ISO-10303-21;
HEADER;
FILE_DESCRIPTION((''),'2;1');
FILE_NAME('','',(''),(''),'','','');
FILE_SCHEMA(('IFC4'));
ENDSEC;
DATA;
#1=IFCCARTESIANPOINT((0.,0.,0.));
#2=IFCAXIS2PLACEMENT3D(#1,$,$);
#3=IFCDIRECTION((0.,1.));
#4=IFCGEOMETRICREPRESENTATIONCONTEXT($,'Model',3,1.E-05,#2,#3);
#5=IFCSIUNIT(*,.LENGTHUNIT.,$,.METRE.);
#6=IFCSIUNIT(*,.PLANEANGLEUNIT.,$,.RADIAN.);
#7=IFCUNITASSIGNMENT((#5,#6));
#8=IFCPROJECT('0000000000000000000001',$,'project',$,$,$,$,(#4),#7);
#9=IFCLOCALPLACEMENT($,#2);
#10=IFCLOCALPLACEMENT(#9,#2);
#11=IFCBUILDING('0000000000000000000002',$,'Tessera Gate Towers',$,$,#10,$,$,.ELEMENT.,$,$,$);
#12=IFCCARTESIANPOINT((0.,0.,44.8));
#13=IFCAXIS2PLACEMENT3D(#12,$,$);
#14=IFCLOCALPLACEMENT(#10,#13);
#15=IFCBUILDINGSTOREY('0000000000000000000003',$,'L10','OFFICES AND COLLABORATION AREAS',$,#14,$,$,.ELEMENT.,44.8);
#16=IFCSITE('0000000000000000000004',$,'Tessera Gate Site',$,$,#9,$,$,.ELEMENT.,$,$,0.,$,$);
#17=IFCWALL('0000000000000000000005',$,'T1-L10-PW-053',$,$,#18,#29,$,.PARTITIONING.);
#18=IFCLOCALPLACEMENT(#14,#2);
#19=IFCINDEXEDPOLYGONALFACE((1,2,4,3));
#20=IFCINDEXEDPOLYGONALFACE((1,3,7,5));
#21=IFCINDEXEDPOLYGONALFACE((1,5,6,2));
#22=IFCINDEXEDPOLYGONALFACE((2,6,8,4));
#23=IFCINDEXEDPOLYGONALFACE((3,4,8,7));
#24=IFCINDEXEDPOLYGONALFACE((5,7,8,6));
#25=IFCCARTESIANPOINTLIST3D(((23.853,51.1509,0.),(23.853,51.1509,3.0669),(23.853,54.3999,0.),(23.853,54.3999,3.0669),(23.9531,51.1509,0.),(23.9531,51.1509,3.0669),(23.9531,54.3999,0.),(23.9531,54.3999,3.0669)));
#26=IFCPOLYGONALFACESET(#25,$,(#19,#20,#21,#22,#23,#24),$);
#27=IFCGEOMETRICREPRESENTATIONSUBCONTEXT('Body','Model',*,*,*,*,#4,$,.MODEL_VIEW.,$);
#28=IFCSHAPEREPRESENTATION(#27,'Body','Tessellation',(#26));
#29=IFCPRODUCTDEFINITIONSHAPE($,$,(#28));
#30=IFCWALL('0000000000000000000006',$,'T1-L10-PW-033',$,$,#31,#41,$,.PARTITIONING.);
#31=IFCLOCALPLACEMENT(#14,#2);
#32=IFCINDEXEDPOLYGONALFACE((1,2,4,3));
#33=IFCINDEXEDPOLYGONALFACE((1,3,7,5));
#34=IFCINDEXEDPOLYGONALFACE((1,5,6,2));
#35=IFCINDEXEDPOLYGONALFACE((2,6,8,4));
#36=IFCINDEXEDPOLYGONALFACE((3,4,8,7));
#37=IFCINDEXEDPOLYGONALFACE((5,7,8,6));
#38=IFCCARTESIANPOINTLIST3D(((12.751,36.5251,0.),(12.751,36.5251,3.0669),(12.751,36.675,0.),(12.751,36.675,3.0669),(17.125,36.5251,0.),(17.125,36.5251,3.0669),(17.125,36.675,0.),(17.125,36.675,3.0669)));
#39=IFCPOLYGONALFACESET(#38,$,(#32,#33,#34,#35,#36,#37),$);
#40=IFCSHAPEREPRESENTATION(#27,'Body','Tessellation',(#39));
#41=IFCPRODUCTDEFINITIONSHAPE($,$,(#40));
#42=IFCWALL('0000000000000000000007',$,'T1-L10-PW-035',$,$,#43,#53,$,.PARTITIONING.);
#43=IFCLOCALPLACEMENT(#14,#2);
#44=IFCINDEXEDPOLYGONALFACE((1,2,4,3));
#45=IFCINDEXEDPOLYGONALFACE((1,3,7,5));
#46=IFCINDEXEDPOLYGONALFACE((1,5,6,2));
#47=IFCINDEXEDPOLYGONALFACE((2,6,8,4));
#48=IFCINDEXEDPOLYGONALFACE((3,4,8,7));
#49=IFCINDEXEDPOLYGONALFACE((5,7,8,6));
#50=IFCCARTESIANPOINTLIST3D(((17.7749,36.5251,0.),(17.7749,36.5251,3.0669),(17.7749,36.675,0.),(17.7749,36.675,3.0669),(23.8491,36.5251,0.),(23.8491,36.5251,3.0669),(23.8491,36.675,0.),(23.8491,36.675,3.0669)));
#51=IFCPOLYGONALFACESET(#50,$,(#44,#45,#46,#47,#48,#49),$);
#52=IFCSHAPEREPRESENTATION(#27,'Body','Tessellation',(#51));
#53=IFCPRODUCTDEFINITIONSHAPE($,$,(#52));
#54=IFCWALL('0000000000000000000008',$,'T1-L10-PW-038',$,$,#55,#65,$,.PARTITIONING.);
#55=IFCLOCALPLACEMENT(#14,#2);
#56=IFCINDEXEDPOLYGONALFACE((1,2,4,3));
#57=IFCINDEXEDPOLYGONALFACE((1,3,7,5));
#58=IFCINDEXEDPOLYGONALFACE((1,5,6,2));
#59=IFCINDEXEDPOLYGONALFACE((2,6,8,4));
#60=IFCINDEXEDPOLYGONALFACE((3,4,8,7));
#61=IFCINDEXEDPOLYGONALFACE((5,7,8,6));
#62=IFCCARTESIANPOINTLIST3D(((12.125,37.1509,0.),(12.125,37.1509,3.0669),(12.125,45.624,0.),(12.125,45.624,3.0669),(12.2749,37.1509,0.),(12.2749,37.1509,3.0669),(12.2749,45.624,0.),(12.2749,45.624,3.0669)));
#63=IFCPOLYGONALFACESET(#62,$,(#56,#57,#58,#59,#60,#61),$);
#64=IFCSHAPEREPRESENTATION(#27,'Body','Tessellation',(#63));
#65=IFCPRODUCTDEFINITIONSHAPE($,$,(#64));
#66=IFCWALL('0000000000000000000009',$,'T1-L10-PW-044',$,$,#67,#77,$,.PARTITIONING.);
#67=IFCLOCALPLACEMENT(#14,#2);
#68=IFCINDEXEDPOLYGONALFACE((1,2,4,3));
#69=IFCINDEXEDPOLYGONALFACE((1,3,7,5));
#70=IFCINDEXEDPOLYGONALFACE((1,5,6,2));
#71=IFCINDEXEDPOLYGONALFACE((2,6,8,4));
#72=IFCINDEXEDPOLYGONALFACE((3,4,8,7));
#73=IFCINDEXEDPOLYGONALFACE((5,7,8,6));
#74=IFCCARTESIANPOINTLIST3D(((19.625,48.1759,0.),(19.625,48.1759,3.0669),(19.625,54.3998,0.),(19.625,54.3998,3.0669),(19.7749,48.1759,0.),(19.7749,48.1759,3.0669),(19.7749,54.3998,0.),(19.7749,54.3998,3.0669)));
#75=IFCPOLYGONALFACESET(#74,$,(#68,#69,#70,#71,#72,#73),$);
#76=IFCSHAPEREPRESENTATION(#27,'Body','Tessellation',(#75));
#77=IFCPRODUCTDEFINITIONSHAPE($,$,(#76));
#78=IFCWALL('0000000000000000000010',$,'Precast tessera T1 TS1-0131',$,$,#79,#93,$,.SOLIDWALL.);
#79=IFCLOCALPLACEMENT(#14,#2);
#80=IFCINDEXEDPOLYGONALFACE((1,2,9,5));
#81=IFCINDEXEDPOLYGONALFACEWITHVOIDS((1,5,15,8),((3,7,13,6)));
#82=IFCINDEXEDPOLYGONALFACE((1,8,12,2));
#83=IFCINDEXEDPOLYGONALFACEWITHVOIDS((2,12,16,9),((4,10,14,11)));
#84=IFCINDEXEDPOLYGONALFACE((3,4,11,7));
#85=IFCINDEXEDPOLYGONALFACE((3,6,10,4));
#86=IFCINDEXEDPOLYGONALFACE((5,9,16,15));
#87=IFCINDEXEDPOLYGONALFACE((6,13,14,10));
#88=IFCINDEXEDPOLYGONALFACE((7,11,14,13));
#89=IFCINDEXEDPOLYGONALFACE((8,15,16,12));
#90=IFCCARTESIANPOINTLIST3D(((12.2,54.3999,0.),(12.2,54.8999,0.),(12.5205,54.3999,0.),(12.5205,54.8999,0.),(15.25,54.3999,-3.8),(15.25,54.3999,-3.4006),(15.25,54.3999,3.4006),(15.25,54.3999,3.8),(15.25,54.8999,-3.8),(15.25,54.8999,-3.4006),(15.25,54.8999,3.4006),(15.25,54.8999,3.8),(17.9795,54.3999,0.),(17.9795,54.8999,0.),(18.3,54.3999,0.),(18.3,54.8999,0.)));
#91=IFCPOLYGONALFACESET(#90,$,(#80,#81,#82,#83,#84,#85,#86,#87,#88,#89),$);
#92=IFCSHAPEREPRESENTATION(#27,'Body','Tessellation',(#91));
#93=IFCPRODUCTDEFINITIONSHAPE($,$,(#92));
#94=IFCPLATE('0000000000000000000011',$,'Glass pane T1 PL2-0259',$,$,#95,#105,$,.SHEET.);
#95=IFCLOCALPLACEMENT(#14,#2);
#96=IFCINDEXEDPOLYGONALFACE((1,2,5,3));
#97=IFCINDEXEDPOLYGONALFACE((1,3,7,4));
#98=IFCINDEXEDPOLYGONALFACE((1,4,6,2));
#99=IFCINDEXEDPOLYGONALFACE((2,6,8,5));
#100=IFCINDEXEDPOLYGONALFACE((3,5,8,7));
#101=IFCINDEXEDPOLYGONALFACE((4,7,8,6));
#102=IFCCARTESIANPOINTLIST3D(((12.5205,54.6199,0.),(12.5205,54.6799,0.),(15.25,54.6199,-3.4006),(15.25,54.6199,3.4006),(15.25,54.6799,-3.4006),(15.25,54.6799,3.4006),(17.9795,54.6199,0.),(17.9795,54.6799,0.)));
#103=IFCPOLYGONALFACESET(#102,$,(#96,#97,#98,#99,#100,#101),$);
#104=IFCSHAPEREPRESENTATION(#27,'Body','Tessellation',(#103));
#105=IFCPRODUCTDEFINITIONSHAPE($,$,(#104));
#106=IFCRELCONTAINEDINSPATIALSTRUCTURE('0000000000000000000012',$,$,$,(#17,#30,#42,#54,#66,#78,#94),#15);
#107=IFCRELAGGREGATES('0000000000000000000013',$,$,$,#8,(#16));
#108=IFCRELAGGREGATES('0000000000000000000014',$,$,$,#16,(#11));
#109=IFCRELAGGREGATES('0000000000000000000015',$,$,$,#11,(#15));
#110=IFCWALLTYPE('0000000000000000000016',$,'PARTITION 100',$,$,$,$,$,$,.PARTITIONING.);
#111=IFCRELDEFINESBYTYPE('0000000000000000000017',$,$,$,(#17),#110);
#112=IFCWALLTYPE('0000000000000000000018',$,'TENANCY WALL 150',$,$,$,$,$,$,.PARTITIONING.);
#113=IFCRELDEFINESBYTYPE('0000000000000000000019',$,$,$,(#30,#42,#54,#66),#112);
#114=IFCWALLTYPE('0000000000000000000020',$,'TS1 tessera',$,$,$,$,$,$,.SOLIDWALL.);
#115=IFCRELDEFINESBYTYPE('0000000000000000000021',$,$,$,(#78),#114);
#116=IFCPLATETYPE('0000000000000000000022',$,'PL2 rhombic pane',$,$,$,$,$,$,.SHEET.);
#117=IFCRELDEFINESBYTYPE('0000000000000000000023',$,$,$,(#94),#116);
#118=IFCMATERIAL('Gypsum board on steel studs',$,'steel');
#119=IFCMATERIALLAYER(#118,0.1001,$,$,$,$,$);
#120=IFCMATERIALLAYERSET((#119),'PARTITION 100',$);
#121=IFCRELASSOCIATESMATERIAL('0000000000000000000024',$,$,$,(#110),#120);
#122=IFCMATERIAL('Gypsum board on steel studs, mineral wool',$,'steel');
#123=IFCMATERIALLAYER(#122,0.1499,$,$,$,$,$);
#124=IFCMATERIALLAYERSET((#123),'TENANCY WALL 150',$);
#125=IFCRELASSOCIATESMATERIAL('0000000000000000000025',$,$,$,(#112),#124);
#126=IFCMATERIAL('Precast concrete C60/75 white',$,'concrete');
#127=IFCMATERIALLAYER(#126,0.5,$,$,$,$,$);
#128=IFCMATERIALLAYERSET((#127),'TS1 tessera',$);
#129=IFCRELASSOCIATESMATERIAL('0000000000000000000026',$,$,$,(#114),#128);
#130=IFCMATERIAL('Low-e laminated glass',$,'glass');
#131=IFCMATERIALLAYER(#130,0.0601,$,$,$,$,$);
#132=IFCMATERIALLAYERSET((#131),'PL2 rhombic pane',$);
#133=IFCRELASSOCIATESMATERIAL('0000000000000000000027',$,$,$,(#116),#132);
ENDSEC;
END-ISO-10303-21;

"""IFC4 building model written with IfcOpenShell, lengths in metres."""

from ifc_helpers import new_model, si_unit, direction, frame, frame_2d, origin, place, context, subcontext, project, spatial, polyline, rectangle, outline, extrude, source, transform, mapped, material, layer, layer_set, type_object, element, fill, save


model = new_model("IFC4")

# Units and contexts
model_context = context("Model", 3, precision=1e-05, world=origin(), true_north=direction((0.0, 1.0)))
body_context = subcontext(model_context, "Body", "Model", "MODEL_VIEW")
ifc_project = project(units=[si_unit("LENGTHUNIT", "METRE"), si_unit("PLANEANGLEUNIT", "RADIAN")], contexts=[model_context])

# Site, building, storey
site_placement = place(None, origin())
site = spatial("IfcSite", under=ifc_project, at=site_placement, Name="Tessera Gate Site", CompositionType="ELEMENT", RefElevation=0.0)
building_placement = place(site_placement, origin())
building = spatial("IfcBuilding", under=site, at=building_placement, Name="Tessera Gate Towers", CompositionType="ELEMENT")
storey_placement = place(building_placement, frame((0.0, 0.0, 44.8)))
storey = spatial("IfcBuildingStorey", under=building, at=storey_placement, Name="L10", Description="OFFICES AND COLLABORATION AREAS", CompositionType="ELEMENT", Elevation=44.8)

# Shared definitions
ifc_material_1 = material(Name="Gypsum board on steel studs", Category="steel")
ifc_layer_1 = layer(ifc_material_1, 0.1001)
ifc_layer_set_1 = layer_set([ifc_layer_1], Name="PARTITION 100")
wall_type_1 = type_object("IfcWallType", Name="PARTITION 100", PredefinedType="PARTITIONING", material=ifc_layer_set_1)

# Walls
for number, where, z_axis, x_axis, name in (
    (1, (23.9031, 51.1509, 0.0), (0.0, 0.0, 1.0), (0.0, 1.0, 0.0), "T1-L10-PW-053"),
):
    element("IfcWall", number, at=place(storey_placement, frame(where, z_axis=z_axis, x_axis=x_axis)), inside=storey, type_object=wall_type_1, Name=name, PredefinedType="PARTITIONING", context=body_context, shape_type="SweptSolid", body=[
        extrude(rectangle(XDim=3.249, YDim=0.1001, at=frame_2d((1.6245, 0.0))), origin(), (0.0, 0.0, 1.0), 3.0669),
    ])
ifc_material_2 = material(Name="Gypsum board on steel studs, mineral wool", Category="steel")
ifc_layer_2 = layer(ifc_material_2, 0.1499)
ifc_layer_set_2 = layer_set([ifc_layer_2], Name="TENANCY WALL 150")
wall_type_2 = type_object("IfcWallType", Name="TENANCY WALL 150", PredefinedType="PARTITIONING", material=ifc_layer_set_2)
wall_1_placement = place(storey_placement, frame((12.751, 36.6001, 0.0), z_axis=(0.0, 0.0, 1.0), x_axis=(1.0, 0.0, 0.0)))
element("IfcWall", 2, at=wall_1_placement, inside=storey, type_object=wall_type_2, Name="T1-L10-PW-033", PredefinedType="PARTITIONING", context=body_context, shape_type="SweptSolid", body=[
    extrude(rectangle(XDim=4.374, YDim=0.1499, at=frame_2d((2.187, 0.0))), origin(), (0.0, 0.0, 1.0), 3.0669),
])
wall_2_placement = place(storey_placement, frame((17.7749, 36.6001, 0.0), z_axis=(0.0, 0.0, 1.0), x_axis=(1.0, 0.0, 0.0)))
element("IfcWall", 3, at=wall_2_placement, inside=storey, type_object=wall_type_2, Name="T1-L10-PW-035", PredefinedType="PARTITIONING", context=body_context, shape_type="SweptSolid", body=[
    extrude(rectangle(XDim=6.0742, YDim=0.1499, at=frame_2d((3.0371, 0.0))), origin(), (0.0, 0.0, 1.0), 3.0669),
])
wall_3_placement = place(storey_placement, frame((12.2, 37.1509, 0.0), z_axis=(0.0, 0.0, 1.0), x_axis=(0.0, 1.0, 0.0)))
element("IfcWall", 4, at=wall_3_placement, inside=storey, type_object=wall_type_2, Name="T1-L10-PW-038", PredefinedType="PARTITIONING", context=body_context, shape_type="SweptSolid", body=[
    extrude(rectangle(XDim=8.4731, YDim=0.1499, at=frame_2d((4.2366, 0.0))), origin(), (0.0, 0.0, 1.0), 3.0669),
])
wall_4_placement = place(storey_placement, frame((19.7, 48.176, 0.0), z_axis=(0.0, 0.0, 1.0), x_axis=(0.0, 1.0, 0.0)))
element("IfcWall", 5, at=wall_4_placement, inside=storey, type_object=wall_type_2, Name="T1-L10-PW-044", PredefinedType="PARTITIONING", context=body_context, shape_type="SweptSolid", body=[
    extrude(rectangle(XDim=6.2239, YDim=0.1499, at=frame_2d((3.1118, 0.0))), origin(), (0.0, 0.0, 1.0), 3.0669),
])

# Wall, opening, plate
ifc_material_3 = material(Name="Precast concrete C60/75 white", Category="concrete")
ifc_layer_3 = layer(ifc_material_3, 0.5)
ifc_layer_set_3 = layer_set([ifc_layer_3], Name="TS1 tessera")
wall_type_3 = type_object("IfcWallType", Name="TS1 tessera", PredefinedType="SOLIDWALL", material=ifc_layer_set_3)
shared_shape_1 = source(origin(), body_context, "Body", "SweptSolid", [
    extrude(outline(polyline([(3.05, 0.0), (6.1001, 3.8), (3.05, 7.6001), (0.0, 3.8), (3.05, 0.0)])), frame((0.0, 0.25, 0.0), z_axis=(0.0, -1.0, 0.0), x_axis=(1.0, 0.0, 0.0)), (0.0, 0.0, 1.0), 0.5),
])
wall_5_placement = place(storey_placement, frame((18.3, 54.6499, -3.8), z_axis=(0.0, 0.0, 1.0), x_axis=(-1.0, 0.0, 0.0)))
wall_5 = element("IfcWall", 6, at=wall_5_placement, inside=storey, type_object=wall_type_3, Name="Precast tessera T1 TS1-0131", PredefinedType="SOLIDWALL", context=body_context, shape_type="MappedRepresentation", body=[
    mapped(shared_shape_1, transform((0.0, 0.0, 0.0), scale=1.0)),
])
shared_shape_2 = source(origin(), body_context, "Body", "SweptSolid", [
    extrude(outline(polyline([(3.05, 0.3994), (5.7795, 3.8), (3.05, 7.2007), (0.3206, 3.8), (3.05, 0.3994)])), frame((0.0, 0.26, 0.0), z_axis=(0.0, -1.0, 0.0), x_axis=(1.0, 0.0, 0.0)), (0.0, 0.0, 1.0), 0.52),
])
opening_1_placement = place(wall_5_placement, origin())
opening_1 = element("IfcOpeningElement", 7, at=opening_1_placement, cuts=wall_5, PredefinedType="OPENING", context=body_context, shape_type="MappedRepresentation", body=[
    mapped(shared_shape_2, transform((0.0, 0.0, 0.0), scale=1.0)),
])
ifc_material_4 = material(Name="Low-e laminated glass", Category="glass")
ifc_layer_4 = layer(ifc_material_4, 0.0601)
ifc_layer_set_4 = layer_set([ifc_layer_4], Name="PL2 rhombic pane")
plate_type = type_object("IfcPlateType", Name="PL2 rhombic pane", PredefinedType="SHEET", material=ifc_layer_set_4)
shared_shape_3 = source(origin(), body_context, "Body", "SweptSolid", [
    extrude(outline(polyline([(3.05, 0.3994), (5.7795, 3.8), (3.05, 7.2007), (0.3206, 3.8), (3.05, 0.3994)])), frame((0.0, 0.03, 0.0), z_axis=(0.0, -1.0, 0.0), x_axis=(1.0, 0.0, 0.0)), (0.0, 0.0, 1.0), 0.0601),
])
plate_placement = place(opening_1_placement, origin())
plate = element("IfcPlate", 8, at=plate_placement, inside=storey, type_object=plate_type, Name="Glass pane T1 PL2-0259", PredefinedType="SHEET", context=body_context, shape_type="MappedRepresentation", body=[
    mapped(shared_shape_3, transform((0.0, 0.0, 0.0), scale=1.0)),
])
fill(opening_1, plate)

save(model, "model.ifc")
